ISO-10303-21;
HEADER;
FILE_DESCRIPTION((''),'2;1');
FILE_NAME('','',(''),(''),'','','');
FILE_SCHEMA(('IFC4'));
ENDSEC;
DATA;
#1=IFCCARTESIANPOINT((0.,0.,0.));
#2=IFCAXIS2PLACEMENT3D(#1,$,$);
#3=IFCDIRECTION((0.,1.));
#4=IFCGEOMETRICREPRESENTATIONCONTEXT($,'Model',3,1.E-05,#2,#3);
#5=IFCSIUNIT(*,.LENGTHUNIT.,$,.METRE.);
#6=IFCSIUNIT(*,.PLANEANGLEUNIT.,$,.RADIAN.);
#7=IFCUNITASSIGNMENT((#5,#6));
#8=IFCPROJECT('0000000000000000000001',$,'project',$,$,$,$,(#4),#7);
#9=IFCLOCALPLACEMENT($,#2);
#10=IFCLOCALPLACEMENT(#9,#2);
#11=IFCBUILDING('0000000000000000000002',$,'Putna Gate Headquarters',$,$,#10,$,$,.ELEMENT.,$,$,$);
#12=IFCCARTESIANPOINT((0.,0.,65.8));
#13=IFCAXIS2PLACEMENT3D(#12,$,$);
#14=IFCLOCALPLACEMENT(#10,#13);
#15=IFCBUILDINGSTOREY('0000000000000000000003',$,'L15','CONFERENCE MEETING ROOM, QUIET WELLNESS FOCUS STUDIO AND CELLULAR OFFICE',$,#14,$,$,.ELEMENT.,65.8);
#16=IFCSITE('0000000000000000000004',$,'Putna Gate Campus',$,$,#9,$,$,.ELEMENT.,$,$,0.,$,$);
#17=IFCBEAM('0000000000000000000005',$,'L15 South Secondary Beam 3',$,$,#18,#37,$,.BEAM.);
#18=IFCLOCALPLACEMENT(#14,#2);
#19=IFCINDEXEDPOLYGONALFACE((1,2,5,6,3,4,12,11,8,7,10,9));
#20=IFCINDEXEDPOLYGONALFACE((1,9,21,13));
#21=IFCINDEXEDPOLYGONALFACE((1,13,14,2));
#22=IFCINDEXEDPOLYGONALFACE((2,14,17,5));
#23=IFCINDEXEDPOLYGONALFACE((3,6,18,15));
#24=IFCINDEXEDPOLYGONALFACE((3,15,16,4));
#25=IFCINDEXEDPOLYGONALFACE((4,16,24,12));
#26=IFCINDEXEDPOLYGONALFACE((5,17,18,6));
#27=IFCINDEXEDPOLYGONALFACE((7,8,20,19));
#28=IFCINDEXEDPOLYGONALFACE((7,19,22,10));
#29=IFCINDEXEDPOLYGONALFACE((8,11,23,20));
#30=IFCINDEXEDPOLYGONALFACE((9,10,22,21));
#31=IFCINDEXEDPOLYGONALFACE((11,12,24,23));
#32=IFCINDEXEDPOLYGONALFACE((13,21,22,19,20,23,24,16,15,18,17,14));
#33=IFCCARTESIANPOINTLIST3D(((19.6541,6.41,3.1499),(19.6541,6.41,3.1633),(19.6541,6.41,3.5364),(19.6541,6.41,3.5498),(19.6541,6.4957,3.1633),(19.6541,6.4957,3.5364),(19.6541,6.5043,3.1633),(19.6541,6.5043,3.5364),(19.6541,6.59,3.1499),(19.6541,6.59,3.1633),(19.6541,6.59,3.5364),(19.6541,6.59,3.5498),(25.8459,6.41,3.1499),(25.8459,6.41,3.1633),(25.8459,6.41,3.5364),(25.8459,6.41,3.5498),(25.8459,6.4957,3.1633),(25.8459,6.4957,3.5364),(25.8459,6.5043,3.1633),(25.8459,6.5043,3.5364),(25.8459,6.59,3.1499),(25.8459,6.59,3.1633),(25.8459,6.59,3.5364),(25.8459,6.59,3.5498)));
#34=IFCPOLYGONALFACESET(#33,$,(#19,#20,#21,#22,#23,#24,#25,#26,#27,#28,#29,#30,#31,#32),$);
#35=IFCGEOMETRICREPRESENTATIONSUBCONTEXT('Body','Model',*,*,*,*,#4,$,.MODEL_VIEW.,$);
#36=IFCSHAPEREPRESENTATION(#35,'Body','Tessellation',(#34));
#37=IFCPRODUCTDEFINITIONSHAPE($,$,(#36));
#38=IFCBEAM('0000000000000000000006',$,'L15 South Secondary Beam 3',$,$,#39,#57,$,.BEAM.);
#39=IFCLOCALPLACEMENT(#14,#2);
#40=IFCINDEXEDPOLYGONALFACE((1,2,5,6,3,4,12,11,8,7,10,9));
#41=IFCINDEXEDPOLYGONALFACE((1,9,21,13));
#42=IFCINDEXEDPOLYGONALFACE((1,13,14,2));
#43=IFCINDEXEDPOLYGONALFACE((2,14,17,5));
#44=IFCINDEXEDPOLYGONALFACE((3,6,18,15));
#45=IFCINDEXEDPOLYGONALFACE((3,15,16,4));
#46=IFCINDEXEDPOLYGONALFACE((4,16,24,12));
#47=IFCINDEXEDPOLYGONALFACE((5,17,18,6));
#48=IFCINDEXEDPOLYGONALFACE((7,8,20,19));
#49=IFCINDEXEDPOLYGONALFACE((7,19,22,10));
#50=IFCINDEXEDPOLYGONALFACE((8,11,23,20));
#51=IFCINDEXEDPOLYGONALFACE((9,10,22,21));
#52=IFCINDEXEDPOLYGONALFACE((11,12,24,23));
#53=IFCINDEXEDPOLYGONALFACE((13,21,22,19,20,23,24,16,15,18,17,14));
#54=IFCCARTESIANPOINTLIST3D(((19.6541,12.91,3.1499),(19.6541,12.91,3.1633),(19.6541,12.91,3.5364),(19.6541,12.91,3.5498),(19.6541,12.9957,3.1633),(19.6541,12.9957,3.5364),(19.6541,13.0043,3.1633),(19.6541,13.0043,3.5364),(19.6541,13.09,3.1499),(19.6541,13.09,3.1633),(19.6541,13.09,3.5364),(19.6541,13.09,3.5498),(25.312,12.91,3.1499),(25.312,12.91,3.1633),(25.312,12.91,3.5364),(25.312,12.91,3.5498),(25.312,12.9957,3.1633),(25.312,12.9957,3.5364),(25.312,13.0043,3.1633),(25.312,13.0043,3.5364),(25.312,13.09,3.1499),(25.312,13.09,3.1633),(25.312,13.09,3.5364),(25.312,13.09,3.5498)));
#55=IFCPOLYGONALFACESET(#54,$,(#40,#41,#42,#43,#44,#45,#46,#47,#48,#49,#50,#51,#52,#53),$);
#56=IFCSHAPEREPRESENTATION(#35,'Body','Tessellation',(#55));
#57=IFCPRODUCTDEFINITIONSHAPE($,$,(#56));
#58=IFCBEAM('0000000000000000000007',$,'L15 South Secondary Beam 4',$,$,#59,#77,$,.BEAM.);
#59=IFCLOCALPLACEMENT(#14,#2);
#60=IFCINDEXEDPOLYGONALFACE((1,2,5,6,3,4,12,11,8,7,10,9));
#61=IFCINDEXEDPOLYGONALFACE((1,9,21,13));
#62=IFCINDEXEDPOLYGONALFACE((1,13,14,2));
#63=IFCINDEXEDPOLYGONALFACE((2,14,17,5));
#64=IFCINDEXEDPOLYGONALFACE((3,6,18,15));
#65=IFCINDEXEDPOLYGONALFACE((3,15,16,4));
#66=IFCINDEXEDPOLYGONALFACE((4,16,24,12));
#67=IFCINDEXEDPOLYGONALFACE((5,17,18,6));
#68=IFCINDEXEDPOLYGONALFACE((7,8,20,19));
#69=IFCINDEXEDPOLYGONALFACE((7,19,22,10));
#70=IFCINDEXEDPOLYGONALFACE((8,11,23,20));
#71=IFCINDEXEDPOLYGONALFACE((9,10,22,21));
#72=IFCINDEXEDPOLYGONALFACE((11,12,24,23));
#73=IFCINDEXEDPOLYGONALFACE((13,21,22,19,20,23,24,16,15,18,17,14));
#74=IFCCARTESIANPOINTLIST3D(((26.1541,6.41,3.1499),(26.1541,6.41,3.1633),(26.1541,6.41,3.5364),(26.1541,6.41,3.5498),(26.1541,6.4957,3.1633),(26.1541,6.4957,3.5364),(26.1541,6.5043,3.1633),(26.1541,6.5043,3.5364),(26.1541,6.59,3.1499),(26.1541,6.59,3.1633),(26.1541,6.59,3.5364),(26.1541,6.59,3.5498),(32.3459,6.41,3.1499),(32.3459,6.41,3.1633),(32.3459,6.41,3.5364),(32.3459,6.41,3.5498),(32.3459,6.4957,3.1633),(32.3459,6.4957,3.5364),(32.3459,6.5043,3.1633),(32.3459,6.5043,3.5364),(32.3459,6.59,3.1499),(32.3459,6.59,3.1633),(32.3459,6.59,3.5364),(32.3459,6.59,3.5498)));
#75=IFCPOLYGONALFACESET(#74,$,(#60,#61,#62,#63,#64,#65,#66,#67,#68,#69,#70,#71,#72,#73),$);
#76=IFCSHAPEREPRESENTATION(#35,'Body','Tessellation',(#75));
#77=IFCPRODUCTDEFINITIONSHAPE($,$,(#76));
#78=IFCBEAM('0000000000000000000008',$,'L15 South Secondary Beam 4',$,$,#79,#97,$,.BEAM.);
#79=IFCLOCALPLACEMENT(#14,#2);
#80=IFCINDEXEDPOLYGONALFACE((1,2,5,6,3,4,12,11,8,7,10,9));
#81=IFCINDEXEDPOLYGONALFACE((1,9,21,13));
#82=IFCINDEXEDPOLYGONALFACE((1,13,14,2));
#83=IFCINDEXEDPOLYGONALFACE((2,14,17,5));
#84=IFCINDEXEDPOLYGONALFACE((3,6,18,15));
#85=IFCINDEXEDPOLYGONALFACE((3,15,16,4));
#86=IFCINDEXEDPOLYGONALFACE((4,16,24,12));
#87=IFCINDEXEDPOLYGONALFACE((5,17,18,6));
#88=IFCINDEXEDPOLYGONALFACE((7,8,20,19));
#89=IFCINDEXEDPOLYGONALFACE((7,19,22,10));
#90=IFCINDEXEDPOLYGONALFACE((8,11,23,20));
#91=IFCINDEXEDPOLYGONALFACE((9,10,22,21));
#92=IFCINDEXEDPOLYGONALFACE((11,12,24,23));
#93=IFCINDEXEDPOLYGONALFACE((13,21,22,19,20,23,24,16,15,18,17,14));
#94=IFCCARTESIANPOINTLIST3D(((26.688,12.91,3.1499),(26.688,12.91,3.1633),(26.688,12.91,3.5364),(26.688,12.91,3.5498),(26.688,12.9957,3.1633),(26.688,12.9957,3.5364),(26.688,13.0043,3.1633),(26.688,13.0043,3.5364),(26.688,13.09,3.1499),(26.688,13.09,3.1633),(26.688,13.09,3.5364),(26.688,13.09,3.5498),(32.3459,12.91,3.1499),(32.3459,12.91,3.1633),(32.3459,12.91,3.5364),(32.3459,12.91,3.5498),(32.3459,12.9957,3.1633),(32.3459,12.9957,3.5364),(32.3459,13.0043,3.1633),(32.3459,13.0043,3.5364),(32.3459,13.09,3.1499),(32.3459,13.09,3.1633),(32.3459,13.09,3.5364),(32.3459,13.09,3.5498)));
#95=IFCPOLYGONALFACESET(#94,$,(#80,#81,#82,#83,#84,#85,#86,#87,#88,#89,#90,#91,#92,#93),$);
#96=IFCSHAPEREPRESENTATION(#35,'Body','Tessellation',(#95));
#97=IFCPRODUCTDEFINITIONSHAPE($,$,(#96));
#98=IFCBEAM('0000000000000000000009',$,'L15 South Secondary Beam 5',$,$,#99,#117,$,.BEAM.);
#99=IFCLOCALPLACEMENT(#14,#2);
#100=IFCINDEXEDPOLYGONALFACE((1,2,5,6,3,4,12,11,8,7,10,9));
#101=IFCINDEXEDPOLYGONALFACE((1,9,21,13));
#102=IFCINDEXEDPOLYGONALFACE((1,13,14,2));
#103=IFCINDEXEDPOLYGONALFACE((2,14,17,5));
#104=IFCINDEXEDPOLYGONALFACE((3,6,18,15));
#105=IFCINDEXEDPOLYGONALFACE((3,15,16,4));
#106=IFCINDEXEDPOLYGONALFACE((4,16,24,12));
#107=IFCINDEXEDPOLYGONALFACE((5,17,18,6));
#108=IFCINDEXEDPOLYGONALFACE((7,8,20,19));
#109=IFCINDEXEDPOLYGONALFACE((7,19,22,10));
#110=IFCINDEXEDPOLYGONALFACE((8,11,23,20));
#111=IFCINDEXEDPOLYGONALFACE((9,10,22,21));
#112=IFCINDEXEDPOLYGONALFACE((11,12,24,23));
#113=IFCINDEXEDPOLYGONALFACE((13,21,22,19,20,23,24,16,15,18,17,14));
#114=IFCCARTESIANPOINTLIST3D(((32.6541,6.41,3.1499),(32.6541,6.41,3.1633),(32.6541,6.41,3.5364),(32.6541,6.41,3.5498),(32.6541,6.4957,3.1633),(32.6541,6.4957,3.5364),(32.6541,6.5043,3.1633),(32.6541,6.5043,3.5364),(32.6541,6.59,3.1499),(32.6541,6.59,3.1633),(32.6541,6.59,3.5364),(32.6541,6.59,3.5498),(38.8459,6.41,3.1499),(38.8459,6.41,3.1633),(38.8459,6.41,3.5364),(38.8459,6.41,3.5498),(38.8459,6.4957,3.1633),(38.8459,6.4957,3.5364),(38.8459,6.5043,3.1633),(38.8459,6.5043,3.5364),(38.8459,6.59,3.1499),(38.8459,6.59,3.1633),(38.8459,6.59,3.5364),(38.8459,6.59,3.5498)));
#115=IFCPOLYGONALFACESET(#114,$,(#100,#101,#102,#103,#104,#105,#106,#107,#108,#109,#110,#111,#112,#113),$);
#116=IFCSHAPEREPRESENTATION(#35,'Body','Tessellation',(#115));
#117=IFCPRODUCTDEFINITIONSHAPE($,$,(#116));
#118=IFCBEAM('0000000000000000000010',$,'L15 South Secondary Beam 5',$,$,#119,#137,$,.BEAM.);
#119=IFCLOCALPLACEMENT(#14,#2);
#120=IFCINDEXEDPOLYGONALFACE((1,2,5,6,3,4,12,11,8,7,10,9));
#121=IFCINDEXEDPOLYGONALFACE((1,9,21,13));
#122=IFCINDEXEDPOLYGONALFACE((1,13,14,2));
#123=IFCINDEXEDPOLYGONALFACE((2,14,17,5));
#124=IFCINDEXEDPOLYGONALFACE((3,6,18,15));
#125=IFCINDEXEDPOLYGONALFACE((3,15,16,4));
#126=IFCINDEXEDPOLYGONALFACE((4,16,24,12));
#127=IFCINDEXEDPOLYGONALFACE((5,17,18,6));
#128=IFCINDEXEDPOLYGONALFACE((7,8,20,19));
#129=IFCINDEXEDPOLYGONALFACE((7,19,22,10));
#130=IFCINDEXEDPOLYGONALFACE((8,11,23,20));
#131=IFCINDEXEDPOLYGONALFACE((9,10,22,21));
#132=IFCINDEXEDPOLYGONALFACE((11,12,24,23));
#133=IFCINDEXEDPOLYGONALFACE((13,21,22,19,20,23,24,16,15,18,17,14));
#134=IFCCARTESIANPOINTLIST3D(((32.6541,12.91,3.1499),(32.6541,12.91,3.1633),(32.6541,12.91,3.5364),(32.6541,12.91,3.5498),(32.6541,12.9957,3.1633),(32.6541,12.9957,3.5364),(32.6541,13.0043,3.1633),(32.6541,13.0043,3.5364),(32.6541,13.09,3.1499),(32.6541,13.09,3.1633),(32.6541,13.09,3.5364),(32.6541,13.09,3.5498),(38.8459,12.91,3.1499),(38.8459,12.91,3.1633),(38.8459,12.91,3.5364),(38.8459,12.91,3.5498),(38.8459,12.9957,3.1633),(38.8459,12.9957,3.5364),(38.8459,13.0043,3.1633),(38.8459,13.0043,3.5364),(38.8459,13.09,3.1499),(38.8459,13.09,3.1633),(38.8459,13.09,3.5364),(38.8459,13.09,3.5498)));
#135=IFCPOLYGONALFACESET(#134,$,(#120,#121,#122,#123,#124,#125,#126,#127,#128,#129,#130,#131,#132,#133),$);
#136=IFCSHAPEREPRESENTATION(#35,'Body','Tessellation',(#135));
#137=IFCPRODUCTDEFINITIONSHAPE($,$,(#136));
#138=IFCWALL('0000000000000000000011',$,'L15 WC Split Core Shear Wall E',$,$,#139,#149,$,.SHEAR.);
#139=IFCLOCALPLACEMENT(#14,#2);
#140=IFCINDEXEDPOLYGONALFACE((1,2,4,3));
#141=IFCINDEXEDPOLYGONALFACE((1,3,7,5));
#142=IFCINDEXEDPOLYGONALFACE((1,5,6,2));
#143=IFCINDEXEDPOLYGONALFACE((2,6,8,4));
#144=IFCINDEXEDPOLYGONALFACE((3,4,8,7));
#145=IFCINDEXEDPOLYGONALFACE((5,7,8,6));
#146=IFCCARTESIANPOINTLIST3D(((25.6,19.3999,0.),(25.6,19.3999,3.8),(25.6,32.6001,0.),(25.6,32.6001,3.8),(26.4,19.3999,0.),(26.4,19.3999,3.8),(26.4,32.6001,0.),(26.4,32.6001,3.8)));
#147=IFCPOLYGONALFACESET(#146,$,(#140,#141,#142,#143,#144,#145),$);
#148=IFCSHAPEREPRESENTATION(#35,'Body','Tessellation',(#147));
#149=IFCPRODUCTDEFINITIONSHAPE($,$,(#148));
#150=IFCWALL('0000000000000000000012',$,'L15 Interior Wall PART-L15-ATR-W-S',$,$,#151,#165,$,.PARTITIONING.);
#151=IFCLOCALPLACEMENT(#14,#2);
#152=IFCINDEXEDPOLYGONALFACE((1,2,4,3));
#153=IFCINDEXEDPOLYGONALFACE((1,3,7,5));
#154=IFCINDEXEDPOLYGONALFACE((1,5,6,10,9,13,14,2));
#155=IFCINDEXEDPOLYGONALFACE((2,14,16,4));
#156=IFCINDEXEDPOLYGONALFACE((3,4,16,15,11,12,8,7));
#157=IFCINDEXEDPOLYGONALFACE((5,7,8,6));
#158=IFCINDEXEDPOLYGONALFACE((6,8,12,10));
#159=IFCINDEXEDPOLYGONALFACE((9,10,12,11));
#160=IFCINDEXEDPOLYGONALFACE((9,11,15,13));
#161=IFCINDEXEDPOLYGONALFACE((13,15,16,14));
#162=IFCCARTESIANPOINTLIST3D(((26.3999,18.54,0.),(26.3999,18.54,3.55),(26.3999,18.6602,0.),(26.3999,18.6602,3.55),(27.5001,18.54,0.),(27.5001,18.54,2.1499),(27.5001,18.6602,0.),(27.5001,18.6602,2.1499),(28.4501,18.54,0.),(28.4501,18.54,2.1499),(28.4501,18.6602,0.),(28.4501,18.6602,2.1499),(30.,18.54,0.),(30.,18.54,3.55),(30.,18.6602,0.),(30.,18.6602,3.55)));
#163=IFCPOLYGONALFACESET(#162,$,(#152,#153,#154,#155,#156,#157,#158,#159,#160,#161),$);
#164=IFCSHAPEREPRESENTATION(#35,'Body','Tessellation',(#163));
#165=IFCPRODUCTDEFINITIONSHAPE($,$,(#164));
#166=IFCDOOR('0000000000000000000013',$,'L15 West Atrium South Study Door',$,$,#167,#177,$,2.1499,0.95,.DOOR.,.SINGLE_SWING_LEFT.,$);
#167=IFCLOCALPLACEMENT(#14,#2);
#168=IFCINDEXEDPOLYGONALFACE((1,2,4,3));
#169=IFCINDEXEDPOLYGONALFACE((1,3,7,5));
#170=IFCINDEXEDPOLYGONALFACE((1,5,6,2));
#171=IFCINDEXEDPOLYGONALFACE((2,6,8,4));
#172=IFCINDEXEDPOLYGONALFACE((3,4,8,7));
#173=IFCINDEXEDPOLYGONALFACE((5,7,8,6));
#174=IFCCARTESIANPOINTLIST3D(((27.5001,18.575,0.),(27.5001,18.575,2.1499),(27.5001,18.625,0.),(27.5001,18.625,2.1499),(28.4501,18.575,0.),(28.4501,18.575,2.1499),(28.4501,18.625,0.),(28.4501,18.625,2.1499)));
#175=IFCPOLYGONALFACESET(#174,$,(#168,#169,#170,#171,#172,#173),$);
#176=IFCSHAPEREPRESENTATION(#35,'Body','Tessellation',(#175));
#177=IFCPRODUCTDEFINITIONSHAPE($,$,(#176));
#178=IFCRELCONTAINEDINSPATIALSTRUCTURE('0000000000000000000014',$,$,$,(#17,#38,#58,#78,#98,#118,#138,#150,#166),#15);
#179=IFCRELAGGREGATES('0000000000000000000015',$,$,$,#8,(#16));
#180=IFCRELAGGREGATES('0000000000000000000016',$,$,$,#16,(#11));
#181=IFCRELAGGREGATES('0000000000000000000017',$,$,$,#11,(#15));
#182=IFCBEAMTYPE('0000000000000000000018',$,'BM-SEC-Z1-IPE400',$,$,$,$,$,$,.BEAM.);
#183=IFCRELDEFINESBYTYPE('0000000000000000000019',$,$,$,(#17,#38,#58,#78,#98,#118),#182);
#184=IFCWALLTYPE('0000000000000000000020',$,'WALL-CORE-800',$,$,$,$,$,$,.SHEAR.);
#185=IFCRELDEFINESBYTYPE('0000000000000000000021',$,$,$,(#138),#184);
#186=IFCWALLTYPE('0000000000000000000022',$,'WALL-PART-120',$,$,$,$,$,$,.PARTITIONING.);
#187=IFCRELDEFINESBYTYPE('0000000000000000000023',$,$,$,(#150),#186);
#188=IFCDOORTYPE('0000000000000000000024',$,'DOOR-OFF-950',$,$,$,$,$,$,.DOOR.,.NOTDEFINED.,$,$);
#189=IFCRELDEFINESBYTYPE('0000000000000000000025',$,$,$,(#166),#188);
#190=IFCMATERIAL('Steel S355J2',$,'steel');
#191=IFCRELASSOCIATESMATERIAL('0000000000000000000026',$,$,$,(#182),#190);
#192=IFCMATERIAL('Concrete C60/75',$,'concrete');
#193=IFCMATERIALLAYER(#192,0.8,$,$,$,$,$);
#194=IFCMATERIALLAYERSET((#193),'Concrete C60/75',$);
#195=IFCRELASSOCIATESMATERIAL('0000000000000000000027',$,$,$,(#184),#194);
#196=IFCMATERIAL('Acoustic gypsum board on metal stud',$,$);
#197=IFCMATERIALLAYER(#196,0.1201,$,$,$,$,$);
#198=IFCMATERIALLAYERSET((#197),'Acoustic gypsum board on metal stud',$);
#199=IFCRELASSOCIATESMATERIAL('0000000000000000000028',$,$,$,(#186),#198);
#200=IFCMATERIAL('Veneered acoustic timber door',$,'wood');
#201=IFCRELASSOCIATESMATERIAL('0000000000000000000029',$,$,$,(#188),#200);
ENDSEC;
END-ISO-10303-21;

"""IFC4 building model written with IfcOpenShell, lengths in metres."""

from ifc_helpers import new_model, si_unit, direction, frame, frame_2d, origin, origin_2d, place, context, subcontext, project, spatial, rectangle, i_section, extrude, material, layer, layer_set, material_profile, profile_set, type_object, element, fill, save


model = new_model("IFC4")

# Units and contexts
model_context = context("Model", 3, precision=1e-05, world=origin(), true_north=direction((0.0, 1.0)))
body_context = subcontext(model_context, "Body", "Model", "MODEL_VIEW")
ifc_project = project(units=[si_unit("LENGTHUNIT", "METRE"), si_unit("PLANEANGLEUNIT", "RADIAN")], contexts=[model_context])

# Site, building, storey
site_placement = place(None, origin())
site = spatial("IfcSite", under=ifc_project, at=site_placement, Name="Putna Gate Campus", CompositionType="ELEMENT", RefElevation=0.0)
building_placement = place(site_placement, origin())
building = spatial("IfcBuilding", under=site, at=building_placement, Name="Putna Gate Headquarters", CompositionType="ELEMENT")
storey_placement = place(building_placement, frame((0.0, 0.0, 65.8)))
storey = spatial("IfcBuildingStorey", under=building, at=storey_placement, Name="L15", Description="CONFERENCE MEETING ROOM, QUIET WELLNESS FOCUS STUDIO AND CELLULAR OFFICE", CompositionType="ELEMENT", Elevation=65.8)

# Shared definitions
ifc_material_1 = material(Name="Concrete C60/75", Category="concrete")

# Beams
ifc_material_2 = material(Name="Steel S355J2", Category="steel")
ifc_material_profile_1 = material_profile(ifc_material_2, i_section(OverallWidth=0.1799, OverallDepth=0.3999, WebThickness=0.0085, FlangeThickness=0.0134, at=origin_2d()), Name="Steel S355J2")
ifc_profile_set_1 = profile_set([ifc_material_profile_1], Name="Steel S355J2")
beam_type_1 = type_object("IfcBeamType", Name="BM-SEC-Z1-IPE400", PredefinedType="BEAM", material=ifc_profile_set_1)
beam_1_placement = place(storey_placement, frame((19.6541, 6.5, 3.3499), z_axis=(1.0, 0.0, 0.0), x_axis=(0.0, 1.0, 0.0)))
element("IfcBeam", 1, at=beam_1_placement, inside=storey, type_object=beam_type_1, Name="L15 South Secondary Beam 3", PredefinedType="BEAM", context=body_context, shape_type="SweptSolid", body=[
    extrude(i_section(OverallWidth=0.1799, OverallDepth=0.3999, WebThickness=0.0085, FlangeThickness=0.0134, at=origin_2d()), origin(), (0.0, 0.0, 1.0), 6.1919),
])
beam_2_placement = place(storey_placement, frame((19.6541, 13.0, 3.3499), z_axis=(1.0, 0.0, 0.0), x_axis=(0.0, 1.0, 0.0)))
element("IfcBeam", 2, at=beam_2_placement, inside=storey, type_object=beam_type_1, Name="L15 South Secondary Beam 3", PredefinedType="BEAM", context=body_context, shape_type="SweptSolid", body=[
    extrude(i_section(OverallWidth=0.1799, OverallDepth=0.3999, WebThickness=0.0085, FlangeThickness=0.0134, at=origin_2d()), origin(), (0.0, 0.0, 1.0), 5.658),
])
beam_3_placement = place(storey_placement, frame((26.1541, 6.5, 3.3499), z_axis=(1.0, 0.0, 0.0), x_axis=(0.0, 1.0, 0.0)))
element("IfcBeam", 3, at=beam_3_placement, inside=storey, type_object=beam_type_1, Name="L15 South Secondary Beam 4", PredefinedType="BEAM", context=body_context, shape_type="SweptSolid", body=[
    extrude(i_section(OverallWidth=0.1799, OverallDepth=0.3999, WebThickness=0.0085, FlangeThickness=0.0134, at=origin_2d()), origin(), (0.0, 0.0, 1.0), 6.1919),
])
beam_4_placement = place(storey_placement, frame((26.688, 13.0, 3.3499), z_axis=(1.0, 0.0, 0.0), x_axis=(0.0, 1.0, 0.0)))
element("IfcBeam", 4, at=beam_4_placement, inside=storey, type_object=beam_type_1, Name="L15 South Secondary Beam 4", PredefinedType="BEAM", context=body_context, shape_type="SweptSolid", body=[
    extrude(i_section(OverallWidth=0.1799, OverallDepth=0.3999, WebThickness=0.0085, FlangeThickness=0.0134, at=origin_2d()), origin(), (0.0, 0.0, 1.0), 5.658),
])
for number, where, z_axis, x_axis, name in (
    (5, (32.6541, 6.5, 3.3499), (1.0, 0.0, 0.0), (0.0, 1.0, 0.0), "L15 South Secondary Beam 5"),
    (6, (32.6541, 13.0, 3.3499), (1.0, 0.0, 0.0), (0.0, 1.0, 0.0), "L15 South Secondary Beam 5"),
):
    element("IfcBeam", number, at=place(storey_placement, frame(where, z_axis=z_axis, x_axis=x_axis)), inside=storey, type_object=beam_type_1, Name=name, PredefinedType="BEAM", context=body_context, shape_type="SweptSolid", body=[
        extrude(i_section(OverallWidth=0.1799, OverallDepth=0.3999, WebThickness=0.0085, FlangeThickness=0.0134, at=origin_2d()), origin(), (0.0, 0.0, 1.0), 6.1919),
    ])

# Wall
ifc_layer_1 = layer(ifc_material_1, 0.8)
ifc_layer_set_1 = layer_set([ifc_layer_1], Name="Concrete C60/75")
wall_type_1 = type_object("IfcWallType", Name="WALL-CORE-800", PredefinedType="SHEAR", material=ifc_layer_set_1)
wall_1_placement = place(storey_placement, frame((26.0, 19.3999, 0.0), z_axis=(0.0, 0.0, 1.0), x_axis=(0.0, 1.0, 0.0)))
element("IfcWall", 7, at=wall_1_placement, inside=storey, type_object=wall_type_1, Name="L15 WC Split Core Shear Wall E", PredefinedType="SHEAR", context=body_context, shape_type="SweptSolid", body=[
    extrude(rectangle(XDim=13.2002, YDim=0.8, at=frame_2d((6.6001, 0.0))), origin(), (0.0, 0.0, 1.0), 3.8),
])

# Wall, opening, door
ifc_material_3 = material(Name="Acoustic gypsum board on metal stud")
ifc_layer_2 = layer(ifc_material_3, 0.1201)
ifc_layer_set_2 = layer_set([ifc_layer_2], Name="Acoustic gypsum board on metal stud")
wall_type_2 = type_object("IfcWallType", Name="WALL-PART-120", PredefinedType="PARTITIONING", material=ifc_layer_set_2)
wall_2_placement = place(storey_placement, frame((26.3999, 18.6001, 0.0), z_axis=(0.0, 0.0, 1.0), x_axis=(1.0, 0.0, 0.0)))
wall_2 = element("IfcWall", 8, at=wall_2_placement, inside=storey, type_object=wall_type_2, Name="L15 Interior Wall PART-L15-ATR-W-S", PredefinedType="PARTITIONING", context=body_context, shape_type="SweptSolid", body=[
    extrude(rectangle(XDim=3.6001, YDim=0.1201, at=frame_2d((1.8, 0.0))), origin(), (0.0, 0.0, 1.0), 3.55),
])
opening_1_placement = place(wall_2_placement, frame((1.1001, 0.0, 0.0)))
opening_1 = element("IfcOpeningElement", 9, at=opening_1_placement, cuts=wall_2, PredefinedType="OPENING", context=body_context, shape_type="SweptSolid", body=[
    extrude(rectangle(XDim=0.95, YDim=2.1499, at=frame_2d((0.4751, 1.075))), frame((0.0, 0.0701, 0.0), z_axis=(0.0, -1.0, 0.0), x_axis=(1.0, 0.0, 0.0)), (0.0, 0.0, 1.0), 0.1401),
])
ifc_material_4 = material(Name="Veneered acoustic timber door", Category="wood")
door_type_1 = type_object("IfcDoorType", Name="DOOR-OFF-950", OperationType="NOTDEFINED", PredefinedType="DOOR", material=ifc_material_4)
door_1_placement = place(opening_1_placement, origin())
door_1 = element("IfcDoor", 10, at=door_1_placement, inside=storey, type_object=door_type_1, Name="L15 West Atrium South Study Door", OperationType="SINGLE_SWING_LEFT", OverallHeight=2.1499, OverallWidth=0.95, PredefinedType="DOOR", context=body_context, shape_type="SweptSolid", body=[
    extrude(rectangle(XDim=0.95, YDim=2.1499, at=frame_2d((0.4751, 1.075))), frame((0.0, 0.0249, 0.0), z_axis=(0.0, -1.0, 0.0), x_axis=(1.0, 0.0, 0.0)), (0.0, 0.0, 1.0), 0.05),
])
fill(opening_1, door_1)

save(model, "model.ifc")
